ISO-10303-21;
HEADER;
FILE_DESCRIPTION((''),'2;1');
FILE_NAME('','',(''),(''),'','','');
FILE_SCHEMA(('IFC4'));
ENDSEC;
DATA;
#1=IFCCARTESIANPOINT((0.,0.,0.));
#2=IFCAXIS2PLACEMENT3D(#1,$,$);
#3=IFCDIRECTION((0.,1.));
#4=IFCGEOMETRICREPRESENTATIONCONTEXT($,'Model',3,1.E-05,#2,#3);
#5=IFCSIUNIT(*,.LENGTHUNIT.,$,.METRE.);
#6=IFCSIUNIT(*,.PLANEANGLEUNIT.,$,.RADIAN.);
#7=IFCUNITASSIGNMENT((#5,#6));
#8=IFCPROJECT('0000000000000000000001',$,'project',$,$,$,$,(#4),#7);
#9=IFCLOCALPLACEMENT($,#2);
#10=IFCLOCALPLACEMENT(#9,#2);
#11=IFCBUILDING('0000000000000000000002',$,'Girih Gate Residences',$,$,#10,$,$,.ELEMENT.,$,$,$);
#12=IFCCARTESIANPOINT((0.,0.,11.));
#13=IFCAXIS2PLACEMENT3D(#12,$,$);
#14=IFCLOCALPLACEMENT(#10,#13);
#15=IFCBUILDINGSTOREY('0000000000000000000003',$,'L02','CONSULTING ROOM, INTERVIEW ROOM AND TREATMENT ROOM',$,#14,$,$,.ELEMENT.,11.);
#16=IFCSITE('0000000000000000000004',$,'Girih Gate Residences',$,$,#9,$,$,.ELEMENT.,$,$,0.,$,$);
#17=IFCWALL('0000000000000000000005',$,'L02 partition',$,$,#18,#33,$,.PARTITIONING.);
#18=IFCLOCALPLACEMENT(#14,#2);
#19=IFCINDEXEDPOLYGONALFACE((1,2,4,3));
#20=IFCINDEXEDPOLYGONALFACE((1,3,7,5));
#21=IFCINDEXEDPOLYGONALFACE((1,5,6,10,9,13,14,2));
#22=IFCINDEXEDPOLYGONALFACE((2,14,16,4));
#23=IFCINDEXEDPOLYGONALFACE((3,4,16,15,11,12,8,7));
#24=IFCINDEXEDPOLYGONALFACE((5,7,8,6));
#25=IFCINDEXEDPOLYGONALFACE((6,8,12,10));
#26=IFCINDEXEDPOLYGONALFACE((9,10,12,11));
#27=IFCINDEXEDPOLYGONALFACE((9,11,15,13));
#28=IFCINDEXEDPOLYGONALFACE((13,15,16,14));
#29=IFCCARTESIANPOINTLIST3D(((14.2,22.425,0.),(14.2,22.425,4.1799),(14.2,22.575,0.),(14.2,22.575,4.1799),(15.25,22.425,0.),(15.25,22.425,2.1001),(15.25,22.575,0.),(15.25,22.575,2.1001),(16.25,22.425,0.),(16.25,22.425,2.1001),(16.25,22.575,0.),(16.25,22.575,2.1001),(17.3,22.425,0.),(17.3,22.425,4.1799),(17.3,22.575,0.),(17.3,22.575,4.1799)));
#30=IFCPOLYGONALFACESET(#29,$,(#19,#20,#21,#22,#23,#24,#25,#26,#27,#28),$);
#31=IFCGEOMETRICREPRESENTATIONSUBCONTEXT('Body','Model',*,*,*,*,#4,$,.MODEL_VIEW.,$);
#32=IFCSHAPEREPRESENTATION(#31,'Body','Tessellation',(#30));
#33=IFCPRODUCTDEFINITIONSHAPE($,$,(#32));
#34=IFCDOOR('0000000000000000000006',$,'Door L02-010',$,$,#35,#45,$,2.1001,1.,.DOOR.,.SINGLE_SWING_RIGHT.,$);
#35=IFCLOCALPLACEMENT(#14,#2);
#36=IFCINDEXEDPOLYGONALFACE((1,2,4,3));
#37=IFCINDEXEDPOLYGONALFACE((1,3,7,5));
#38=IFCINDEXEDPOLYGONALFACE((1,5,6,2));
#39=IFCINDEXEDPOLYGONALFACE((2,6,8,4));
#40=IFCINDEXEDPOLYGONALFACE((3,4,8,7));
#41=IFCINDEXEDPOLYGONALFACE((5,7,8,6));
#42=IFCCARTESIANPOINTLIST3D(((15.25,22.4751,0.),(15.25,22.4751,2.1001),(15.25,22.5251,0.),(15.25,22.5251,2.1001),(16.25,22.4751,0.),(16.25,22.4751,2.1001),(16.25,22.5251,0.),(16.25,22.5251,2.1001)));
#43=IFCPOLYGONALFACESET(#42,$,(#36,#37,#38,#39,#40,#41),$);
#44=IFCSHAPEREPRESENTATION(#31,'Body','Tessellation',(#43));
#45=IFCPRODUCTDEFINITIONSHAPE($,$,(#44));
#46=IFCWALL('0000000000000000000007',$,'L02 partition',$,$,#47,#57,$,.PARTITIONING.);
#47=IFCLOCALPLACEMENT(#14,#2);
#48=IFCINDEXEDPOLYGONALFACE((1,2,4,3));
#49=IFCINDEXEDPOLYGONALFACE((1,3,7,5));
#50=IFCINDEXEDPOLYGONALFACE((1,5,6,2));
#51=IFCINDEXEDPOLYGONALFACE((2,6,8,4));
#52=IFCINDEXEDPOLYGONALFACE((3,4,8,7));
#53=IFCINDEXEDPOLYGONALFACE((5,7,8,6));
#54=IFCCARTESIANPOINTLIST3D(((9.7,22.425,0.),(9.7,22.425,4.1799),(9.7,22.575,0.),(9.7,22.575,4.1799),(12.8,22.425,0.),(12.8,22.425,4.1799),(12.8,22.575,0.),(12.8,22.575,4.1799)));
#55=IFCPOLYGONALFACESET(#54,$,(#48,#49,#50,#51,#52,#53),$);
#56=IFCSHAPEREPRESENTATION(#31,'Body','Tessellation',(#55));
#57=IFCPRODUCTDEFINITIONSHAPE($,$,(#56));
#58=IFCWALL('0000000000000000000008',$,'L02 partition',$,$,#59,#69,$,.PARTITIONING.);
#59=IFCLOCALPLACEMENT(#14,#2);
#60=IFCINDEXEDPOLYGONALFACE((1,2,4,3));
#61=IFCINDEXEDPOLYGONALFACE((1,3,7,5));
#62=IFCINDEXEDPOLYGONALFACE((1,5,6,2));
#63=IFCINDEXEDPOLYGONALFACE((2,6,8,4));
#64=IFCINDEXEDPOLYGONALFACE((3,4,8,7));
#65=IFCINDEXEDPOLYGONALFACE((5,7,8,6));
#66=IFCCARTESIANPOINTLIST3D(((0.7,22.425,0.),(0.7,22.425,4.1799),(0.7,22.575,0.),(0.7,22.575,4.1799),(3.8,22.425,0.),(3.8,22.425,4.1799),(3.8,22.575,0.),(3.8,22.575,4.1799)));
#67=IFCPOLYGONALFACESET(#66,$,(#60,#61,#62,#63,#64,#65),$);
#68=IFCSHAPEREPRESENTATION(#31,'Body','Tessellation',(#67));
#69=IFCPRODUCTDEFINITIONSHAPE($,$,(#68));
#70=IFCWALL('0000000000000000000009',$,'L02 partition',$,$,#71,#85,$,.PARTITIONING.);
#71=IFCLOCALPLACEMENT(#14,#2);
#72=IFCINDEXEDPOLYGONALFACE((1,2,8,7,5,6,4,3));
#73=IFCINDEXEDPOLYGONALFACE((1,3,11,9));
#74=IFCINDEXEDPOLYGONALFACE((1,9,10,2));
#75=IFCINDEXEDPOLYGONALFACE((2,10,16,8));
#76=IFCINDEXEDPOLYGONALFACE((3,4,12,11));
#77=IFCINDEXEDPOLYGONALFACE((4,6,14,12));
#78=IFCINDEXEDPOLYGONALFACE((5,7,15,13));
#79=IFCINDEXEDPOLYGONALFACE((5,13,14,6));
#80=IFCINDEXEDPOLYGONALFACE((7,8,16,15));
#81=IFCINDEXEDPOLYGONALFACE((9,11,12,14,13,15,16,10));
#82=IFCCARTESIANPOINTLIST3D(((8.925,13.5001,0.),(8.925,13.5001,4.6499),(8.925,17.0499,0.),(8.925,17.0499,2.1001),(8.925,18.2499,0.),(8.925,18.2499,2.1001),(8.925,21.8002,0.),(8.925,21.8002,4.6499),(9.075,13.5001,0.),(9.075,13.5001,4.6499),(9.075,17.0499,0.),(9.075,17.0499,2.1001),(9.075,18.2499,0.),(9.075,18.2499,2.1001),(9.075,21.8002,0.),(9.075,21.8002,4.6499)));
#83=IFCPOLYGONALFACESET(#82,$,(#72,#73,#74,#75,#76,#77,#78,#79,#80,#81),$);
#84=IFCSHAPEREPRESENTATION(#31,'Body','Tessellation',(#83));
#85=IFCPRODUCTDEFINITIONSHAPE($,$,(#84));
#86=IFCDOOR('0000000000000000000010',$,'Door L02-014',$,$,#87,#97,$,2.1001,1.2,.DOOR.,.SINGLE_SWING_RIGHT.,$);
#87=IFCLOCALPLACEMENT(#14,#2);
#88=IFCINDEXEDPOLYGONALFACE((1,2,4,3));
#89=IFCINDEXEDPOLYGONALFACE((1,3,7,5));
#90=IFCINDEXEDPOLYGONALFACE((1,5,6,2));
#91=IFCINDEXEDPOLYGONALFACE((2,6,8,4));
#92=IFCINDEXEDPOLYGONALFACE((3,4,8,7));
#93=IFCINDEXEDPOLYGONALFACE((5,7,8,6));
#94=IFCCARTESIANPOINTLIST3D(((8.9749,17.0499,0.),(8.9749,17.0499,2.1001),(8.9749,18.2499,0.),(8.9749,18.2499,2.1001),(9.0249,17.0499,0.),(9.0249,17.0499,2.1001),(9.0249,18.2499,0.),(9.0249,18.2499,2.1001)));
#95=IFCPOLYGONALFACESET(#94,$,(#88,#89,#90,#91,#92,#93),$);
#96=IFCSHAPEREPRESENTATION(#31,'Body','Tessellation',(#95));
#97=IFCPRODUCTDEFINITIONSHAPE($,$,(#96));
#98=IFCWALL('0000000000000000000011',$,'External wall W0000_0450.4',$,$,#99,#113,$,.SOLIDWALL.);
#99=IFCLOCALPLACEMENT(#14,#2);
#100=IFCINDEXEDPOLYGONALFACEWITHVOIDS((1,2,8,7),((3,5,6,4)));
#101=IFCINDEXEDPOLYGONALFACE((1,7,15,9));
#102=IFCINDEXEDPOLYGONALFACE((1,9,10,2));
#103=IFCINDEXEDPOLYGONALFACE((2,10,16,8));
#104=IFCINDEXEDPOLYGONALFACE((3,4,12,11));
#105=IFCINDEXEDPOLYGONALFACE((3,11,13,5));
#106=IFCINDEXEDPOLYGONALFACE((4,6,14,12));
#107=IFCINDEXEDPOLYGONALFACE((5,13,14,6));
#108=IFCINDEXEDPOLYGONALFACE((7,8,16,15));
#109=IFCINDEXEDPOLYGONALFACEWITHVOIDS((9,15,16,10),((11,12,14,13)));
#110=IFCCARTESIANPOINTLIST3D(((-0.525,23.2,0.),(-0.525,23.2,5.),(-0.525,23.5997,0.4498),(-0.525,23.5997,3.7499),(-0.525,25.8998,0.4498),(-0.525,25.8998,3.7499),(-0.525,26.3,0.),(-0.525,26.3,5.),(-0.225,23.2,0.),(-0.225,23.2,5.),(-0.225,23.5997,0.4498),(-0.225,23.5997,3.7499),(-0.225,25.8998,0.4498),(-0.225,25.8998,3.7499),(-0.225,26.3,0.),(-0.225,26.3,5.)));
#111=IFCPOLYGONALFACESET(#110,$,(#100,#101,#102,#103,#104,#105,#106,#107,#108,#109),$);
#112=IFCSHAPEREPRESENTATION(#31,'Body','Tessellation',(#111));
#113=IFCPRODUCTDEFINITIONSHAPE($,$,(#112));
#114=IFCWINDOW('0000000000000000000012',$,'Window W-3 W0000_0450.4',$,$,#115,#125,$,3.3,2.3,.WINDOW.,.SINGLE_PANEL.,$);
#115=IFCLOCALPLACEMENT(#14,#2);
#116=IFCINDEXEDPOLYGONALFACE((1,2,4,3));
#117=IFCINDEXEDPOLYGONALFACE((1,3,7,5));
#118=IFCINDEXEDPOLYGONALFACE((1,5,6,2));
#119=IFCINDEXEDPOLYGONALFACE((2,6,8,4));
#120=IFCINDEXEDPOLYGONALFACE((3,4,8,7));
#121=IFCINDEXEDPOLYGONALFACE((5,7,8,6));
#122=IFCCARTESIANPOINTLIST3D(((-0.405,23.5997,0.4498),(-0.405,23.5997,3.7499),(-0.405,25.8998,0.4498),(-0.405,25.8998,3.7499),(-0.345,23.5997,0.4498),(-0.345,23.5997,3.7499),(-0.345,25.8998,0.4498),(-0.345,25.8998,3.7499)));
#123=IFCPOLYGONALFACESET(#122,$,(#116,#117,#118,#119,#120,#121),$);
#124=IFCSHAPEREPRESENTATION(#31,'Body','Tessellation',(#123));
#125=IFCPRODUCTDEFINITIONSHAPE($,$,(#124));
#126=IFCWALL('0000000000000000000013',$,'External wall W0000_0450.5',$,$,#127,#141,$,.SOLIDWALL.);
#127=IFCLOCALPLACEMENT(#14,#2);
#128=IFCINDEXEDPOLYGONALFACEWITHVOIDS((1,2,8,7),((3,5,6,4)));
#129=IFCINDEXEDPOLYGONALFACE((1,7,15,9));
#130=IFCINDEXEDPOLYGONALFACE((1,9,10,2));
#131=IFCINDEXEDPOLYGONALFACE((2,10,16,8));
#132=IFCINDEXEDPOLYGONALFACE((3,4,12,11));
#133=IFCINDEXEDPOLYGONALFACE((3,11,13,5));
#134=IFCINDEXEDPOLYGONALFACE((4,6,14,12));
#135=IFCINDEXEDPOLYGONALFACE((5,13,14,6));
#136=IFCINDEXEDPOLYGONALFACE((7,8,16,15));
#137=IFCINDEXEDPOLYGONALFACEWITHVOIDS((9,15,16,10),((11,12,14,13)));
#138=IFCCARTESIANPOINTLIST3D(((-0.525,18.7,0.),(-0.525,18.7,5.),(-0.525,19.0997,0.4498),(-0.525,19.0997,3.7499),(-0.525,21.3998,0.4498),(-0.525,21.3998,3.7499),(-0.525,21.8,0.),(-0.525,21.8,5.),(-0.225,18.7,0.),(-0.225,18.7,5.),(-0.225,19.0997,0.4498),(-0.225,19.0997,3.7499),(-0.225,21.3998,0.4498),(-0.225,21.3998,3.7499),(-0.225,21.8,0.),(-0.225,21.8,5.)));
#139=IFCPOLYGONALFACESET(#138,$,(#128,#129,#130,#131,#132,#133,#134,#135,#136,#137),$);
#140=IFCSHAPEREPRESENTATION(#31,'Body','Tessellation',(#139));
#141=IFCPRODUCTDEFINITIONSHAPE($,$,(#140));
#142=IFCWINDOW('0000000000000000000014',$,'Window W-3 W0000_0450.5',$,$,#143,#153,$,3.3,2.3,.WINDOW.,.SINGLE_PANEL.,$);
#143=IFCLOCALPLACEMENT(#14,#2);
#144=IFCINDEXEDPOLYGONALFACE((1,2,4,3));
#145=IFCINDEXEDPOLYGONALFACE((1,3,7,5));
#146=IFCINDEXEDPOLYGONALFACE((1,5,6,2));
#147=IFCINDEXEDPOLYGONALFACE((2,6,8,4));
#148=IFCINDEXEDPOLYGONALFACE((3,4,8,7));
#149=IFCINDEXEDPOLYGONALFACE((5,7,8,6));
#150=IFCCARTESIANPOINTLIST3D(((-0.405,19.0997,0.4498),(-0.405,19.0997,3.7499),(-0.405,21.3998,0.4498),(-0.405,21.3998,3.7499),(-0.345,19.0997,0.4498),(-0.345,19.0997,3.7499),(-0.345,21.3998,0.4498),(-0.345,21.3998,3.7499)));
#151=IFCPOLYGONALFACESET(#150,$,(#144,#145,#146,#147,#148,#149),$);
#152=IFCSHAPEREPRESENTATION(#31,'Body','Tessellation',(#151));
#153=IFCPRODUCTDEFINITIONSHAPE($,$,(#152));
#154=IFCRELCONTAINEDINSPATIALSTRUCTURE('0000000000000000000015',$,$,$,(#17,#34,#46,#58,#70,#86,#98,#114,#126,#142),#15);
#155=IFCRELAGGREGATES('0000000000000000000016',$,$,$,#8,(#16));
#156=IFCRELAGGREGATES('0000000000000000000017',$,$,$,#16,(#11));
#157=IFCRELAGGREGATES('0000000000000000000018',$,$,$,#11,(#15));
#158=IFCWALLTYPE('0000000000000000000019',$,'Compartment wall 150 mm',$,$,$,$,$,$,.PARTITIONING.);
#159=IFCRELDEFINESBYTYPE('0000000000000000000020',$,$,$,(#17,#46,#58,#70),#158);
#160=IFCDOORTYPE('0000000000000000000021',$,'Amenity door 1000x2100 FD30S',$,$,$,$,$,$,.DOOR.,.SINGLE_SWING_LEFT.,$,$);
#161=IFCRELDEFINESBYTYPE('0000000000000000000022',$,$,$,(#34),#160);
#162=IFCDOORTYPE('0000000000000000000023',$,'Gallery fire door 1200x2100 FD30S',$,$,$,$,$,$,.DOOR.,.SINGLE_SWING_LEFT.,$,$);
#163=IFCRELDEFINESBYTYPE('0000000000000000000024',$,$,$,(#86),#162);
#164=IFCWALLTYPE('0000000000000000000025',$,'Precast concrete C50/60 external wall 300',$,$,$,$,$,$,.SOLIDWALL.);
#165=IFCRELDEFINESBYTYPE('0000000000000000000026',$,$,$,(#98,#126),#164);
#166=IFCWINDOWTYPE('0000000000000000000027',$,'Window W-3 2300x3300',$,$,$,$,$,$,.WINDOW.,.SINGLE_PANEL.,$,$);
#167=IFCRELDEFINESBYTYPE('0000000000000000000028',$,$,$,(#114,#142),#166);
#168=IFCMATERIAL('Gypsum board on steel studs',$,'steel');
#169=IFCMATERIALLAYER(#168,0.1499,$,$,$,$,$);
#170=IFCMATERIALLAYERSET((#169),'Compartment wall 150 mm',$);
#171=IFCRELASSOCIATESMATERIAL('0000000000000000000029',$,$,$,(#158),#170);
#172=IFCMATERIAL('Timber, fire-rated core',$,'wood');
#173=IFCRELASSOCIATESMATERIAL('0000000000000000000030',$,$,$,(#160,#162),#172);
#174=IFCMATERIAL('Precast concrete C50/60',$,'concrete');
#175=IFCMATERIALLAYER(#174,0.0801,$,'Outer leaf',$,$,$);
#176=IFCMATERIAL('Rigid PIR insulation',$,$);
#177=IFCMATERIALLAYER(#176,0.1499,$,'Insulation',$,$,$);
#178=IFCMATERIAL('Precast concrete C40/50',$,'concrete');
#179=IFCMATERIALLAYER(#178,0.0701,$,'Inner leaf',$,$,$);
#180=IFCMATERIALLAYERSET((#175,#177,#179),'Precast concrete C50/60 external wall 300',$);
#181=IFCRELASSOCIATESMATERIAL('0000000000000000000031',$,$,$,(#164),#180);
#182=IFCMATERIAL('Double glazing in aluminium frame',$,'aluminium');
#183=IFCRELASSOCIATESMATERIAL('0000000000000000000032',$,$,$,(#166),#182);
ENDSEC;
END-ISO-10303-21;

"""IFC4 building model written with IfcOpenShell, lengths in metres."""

from ifc_helpers import new_model, si_unit, direction, frame, frame_2d, origin, place, context, subcontext, project, spatial, rectangle, extrude, material, layer, layer_set, type_object, element, fill, save


model = new_model("IFC4")

# Units and contexts
model_context = context("Model", 3, precision=1e-05, world=origin(), true_north=direction((0.0, 1.0)))
body_context = subcontext(model_context, "Body", "Model", "MODEL_VIEW")
ifc_project = project(units=[si_unit("LENGTHUNIT", "METRE"), si_unit("PLANEANGLEUNIT", "RADIAN")], contexts=[model_context])

# Site, building, storey
site_placement = place(None, origin())
site = spatial("IfcSite", under=ifc_project, at=site_placement, Name="Girih Gate Residences", CompositionType="ELEMENT", RefElevation=0.0)
building_placement = place(site_placement, origin())
building = spatial("IfcBuilding", under=site, at=building_placement, Name="Girih Gate Residences", CompositionType="ELEMENT")
storey_placement = place(building_placement, frame((0.0, 0.0, 11.0)))
storey = spatial("IfcBuildingStorey", under=building, at=storey_placement, Name="L02", Description="CONSULTING ROOM, INTERVIEW ROOM AND TREATMENT ROOM", CompositionType="ELEMENT", Elevation=11.0)

# Wall, opening, door
ifc_material_1 = material(Name="Gypsum board on steel studs", Category="steel")
ifc_layer_1 = layer(ifc_material_1, 0.1499)
ifc_layer_set_1 = layer_set([ifc_layer_1], Name="Compartment wall 150 mm")
wall_type_1 = type_object("IfcWallType", Name="Compartment wall 150 mm", PredefinedType="PARTITIONING", material=ifc_layer_set_1)
wall_1_placement = place(storey_placement, frame((17.3, 22.5, 0.0), z_axis=(0.0, 0.0, 1.0), x_axis=(-1.0, 0.0, 0.0)))
wall_1 = element("IfcWall", 1, at=wall_1_placement, inside=storey, type_object=wall_type_1, Name="L02 partition", PredefinedType="PARTITIONING", context=body_context, shape_type="SweptSolid", body=[
    extrude(rectangle(XDim=3.1001, YDim=0.1499, at=frame_2d((1.55, 0.0))), origin(), (0.0, 0.0, 1.0), 4.1799),
])
opening_1_placement = place(wall_1_placement, frame((1.05, 0.0, 0.0)))
opening_1 = element("IfcOpeningElement", 2, at=opening_1_placement, cuts=wall_1, PredefinedType="OPENING", context=body_context, shape_type="SweptSolid", body=[
    extrude(rectangle(XDim=1.0, YDim=2.1001, at=frame_2d((0.5, 1.05))), frame((0.0, 0.085, 0.0), z_axis=(0.0, -1.0, 0.0), x_axis=(1.0, 0.0, 0.0)), (0.0, 0.0, 1.0), 0.1699),
])
ifc_material_2 = material(Name="Timber, fire-rated core", Category="wood")
door_type_1 = type_object("IfcDoorType", Name="Amenity door 1000x2100 FD30S", OperationType="SINGLE_SWING_LEFT", PredefinedType="DOOR", material=ifc_material_2)
door_1_placement = place(opening_1_placement, origin())
door_1 = element("IfcDoor", 3, at=door_1_placement, inside=storey, type_object=door_type_1, Name="Door L02-010", OperationType="SINGLE_SWING_RIGHT", OverallHeight=2.1001, OverallWidth=1.0, PredefinedType="DOOR", context=body_context, shape_type="SweptSolid", body=[
    extrude(rectangle(XDim=1.0, YDim=2.1001, at=frame_2d((0.5, 1.05))), frame((0.0, 0.0249, 0.0), z_axis=(0.0, -1.0, 0.0), x_axis=(1.0, 0.0, 0.0)), (0.0, 0.0, 1.0), 0.05),
])
fill(opening_1, door_1)

# Walls
for number, where, z_axis, x_axis, name in (
    (4, (9.7, 22.5, 0.0), (0.0, 0.0, 1.0), (1.0, 0.0, 0.0), "L02 partition"),
    (5, (0.7, 22.5, 0.0), (0.0, 0.0, 1.0), (1.0, 0.0, 0.0), "L02 partition"),
):
    element("IfcWall", number, at=place(storey_placement, frame(where, z_axis=z_axis, x_axis=x_axis)), inside=storey, type_object=wall_type_1, Name=name, PredefinedType="PARTITIONING", context=body_context, shape_type="SweptSolid", body=[
        extrude(rectangle(XDim=3.1001, YDim=0.1499, at=frame_2d((1.55, 0.0))), origin(), (0.0, 0.0, 1.0), 4.1799),
    ])

# Wall, opening, door
wall_2_placement = place(storey_placement, frame((9.0, 21.8, 0.0), z_axis=(0.0, 0.0, 1.0), x_axis=(0.0, -1.0, 0.0)))
wall_2 = element("IfcWall", 6, at=wall_2_placement, inside=storey, type_object=wall_type_1, Name="L02 partition", PredefinedType="PARTITIONING", context=body_context, shape_type="SweptSolid", body=[
    extrude(rectangle(XDim=8.3, YDim=0.1499, at=frame_2d((4.1499, 0.0))), origin(), (0.0, 0.0, 1.0), 4.6499),
])
opening_2_placement = place(wall_2_placement, frame((3.55, 0.0, 0.0)))
opening_2 = element("IfcOpeningElement", 7, at=opening_2_placement, cuts=wall_2, PredefinedType="OPENING", context=body_context, shape_type="SweptSolid", body=[
    extrude(rectangle(XDim=1.2, YDim=2.1001, at=frame_2d((0.6001, 1.05))), frame((0.0, 0.085, 0.0), z_axis=(0.0, -1.0, 0.0), x_axis=(1.0, 0.0, 0.0)), (0.0, 0.0, 1.0), 0.1699),
])
door_type_2 = type_object("IfcDoorType", Name="Gallery fire door 1200x2100 FD30S", OperationType="SINGLE_SWING_LEFT", PredefinedType="DOOR", material=ifc_material_2)
door_2_placement = place(opening_2_placement, origin())
door_2 = element("IfcDoor", 8, at=door_2_placement, inside=storey, type_object=door_type_2, Name="Door L02-014", OperationType="SINGLE_SWING_RIGHT", OverallHeight=2.1001, OverallWidth=1.2, PredefinedType="DOOR", context=body_context, shape_type="SweptSolid", body=[
    extrude(rectangle(XDim=1.2, YDim=2.1001, at=frame_2d((0.6001, 1.05))), frame((0.0, 0.0249, 0.0), z_axis=(0.0, -1.0, 0.0), x_axis=(1.0, 0.0, 0.0)), (0.0, 0.0, 1.0), 0.05),
])
fill(opening_2, door_2)

# Walls, openings, windows
ifc_material_3 = material(Name="Precast concrete C50/60", Category="concrete")
ifc_layer_2 = layer(ifc_material_3, 0.0801, Name="Outer leaf")
ifc_material_4 = material(Name="Rigid PIR insulation")
ifc_layer_3 = layer(ifc_material_4, 0.1499, Name="Insulation")
ifc_material_5 = material(Name="Precast concrete C40/50", Category="concrete")
ifc_layer_4 = layer(ifc_material_5, 0.0701, Name="Inner leaf")
ifc_layer_set_2 = layer_set([ifc_layer_2, ifc_layer_3, ifc_layer_4], Name="Precast concrete C50/60 external wall 300")
wall_type_2 = type_object("IfcWallType", Name="Precast concrete C50/60 external wall 300", PredefinedType="SOLIDWALL", material=ifc_layer_set_2)
wall_3_placement = place(storey_placement, frame((-0.375, 23.2, 0.0), z_axis=(0.0, 0.0, 1.0), x_axis=(0.0, 1.0, 0.0)))
wall_3 = element("IfcWall", 9, at=wall_3_placement, inside=storey, type_object=wall_type_2, Name="External wall W0000_0450.4", PredefinedType="SOLIDWALL", context=body_context, shape_type="SweptSolid", body=[
    extrude(rectangle(XDim=3.1001, YDim=0.3, at=frame_2d((1.55, 0.0))), origin(), (0.0, 0.0, 1.0), 5.0),
])
opening_3_placement = place(wall_3_placement, frame((0.3999, 0.0, 0.45)))
opening_3 = element("IfcOpeningElement", 10, at=opening_3_placement, cuts=wall_3, PredefinedType="OPENING", context=body_context, shape_type="SweptSolid", body=[
    extrude(rectangle(XDim=2.3, YDim=3.3, at=frame_2d((1.1499, 1.6499))), frame((0.0, 0.1599, 0.0), z_axis=(0.0, -1.0, 0.0), x_axis=(1.0, 0.0, 0.0)), (0.0, 0.0, 1.0), 0.3201),
])
ifc_material_6 = material(Name="Double glazing in aluminium frame", Category="aluminium")
window_type = type_object("IfcWindowType", Name="Window W-3 2300x3300", PartitioningType="SINGLE_PANEL", PredefinedType="WINDOW", material=ifc_material_6)
window_1_placement = place(opening_3_placement, origin())
window_1 = element("IfcWindow", 11, at=window_1_placement, inside=storey, type_object=window_type, Name="Window W-3 W0000_0450.4", OverallHeight=3.3, OverallWidth=2.3, PartitioningType="SINGLE_PANEL", PredefinedType="WINDOW", context=body_context, shape_type="SweptSolid", body=[
    extrude(rectangle(XDim=2.3, YDim=3.3, at=frame_2d((1.1499, 1.6499))), frame((0.0, 0.03, 0.0), z_axis=(0.0, -1.0, 0.0), x_axis=(1.0, 0.0, 0.0)), (0.0, 0.0, 1.0), 0.0601),
])
fill(opening_3, window_1)
wall_4_placement = place(storey_placement, frame((-0.375, 18.7, 0.0), z_axis=(0.0, 0.0, 1.0), x_axis=(0.0, 1.0, 0.0)))
wall_4 = element("IfcWall", 12, at=wall_4_placement, inside=storey, type_object=wall_type_2, Name="External wall W0000_0450.5", PredefinedType="SOLIDWALL", context=body_context, shape_type="SweptSolid", body=[
    extrude(rectangle(XDim=3.1001, YDim=0.3, at=frame_2d((1.55, 0.0))), origin(), (0.0, 0.0, 1.0), 5.0),
])
opening_4_placement = place(wall_4_placement, frame((0.3999, 0.0, 0.45)))
opening_4 = element("IfcOpeningElement", 13, at=opening_4_placement, cuts=wall_4, PredefinedType="OPENING", context=body_context, shape_type="SweptSolid", body=[
    extrude(rectangle(XDim=2.3, YDim=3.3, at=frame_2d((1.1499, 1.6499))), frame((0.0, 0.1599, 0.0), z_axis=(0.0, -1.0, 0.0), x_axis=(1.0, 0.0, 0.0)), (0.0, 0.0, 1.0), 0.3201),
])
window_2_placement = place(opening_4_placement, origin())
window_2 = element("IfcWindow", 14, at=window_2_placement, inside=storey, type_object=window_type, Name="Window W-3 W0000_0450.5", OverallHeight=3.3, OverallWidth=2.3, PartitioningType="SINGLE_PANEL", PredefinedType="WINDOW", context=body_context, shape_type="SweptSolid", body=[
    extrude(rectangle(XDim=2.3, YDim=3.3, at=frame_2d((1.1499, 1.6499))), frame((0.0, 0.03, 0.0), z_axis=(0.0, -1.0, 0.0), x_axis=(1.0, 0.0, 0.0)), (0.0, 0.0, 1.0), 0.0601),
])
fill(opening_4, window_2)

save(model, "model.ifc")
